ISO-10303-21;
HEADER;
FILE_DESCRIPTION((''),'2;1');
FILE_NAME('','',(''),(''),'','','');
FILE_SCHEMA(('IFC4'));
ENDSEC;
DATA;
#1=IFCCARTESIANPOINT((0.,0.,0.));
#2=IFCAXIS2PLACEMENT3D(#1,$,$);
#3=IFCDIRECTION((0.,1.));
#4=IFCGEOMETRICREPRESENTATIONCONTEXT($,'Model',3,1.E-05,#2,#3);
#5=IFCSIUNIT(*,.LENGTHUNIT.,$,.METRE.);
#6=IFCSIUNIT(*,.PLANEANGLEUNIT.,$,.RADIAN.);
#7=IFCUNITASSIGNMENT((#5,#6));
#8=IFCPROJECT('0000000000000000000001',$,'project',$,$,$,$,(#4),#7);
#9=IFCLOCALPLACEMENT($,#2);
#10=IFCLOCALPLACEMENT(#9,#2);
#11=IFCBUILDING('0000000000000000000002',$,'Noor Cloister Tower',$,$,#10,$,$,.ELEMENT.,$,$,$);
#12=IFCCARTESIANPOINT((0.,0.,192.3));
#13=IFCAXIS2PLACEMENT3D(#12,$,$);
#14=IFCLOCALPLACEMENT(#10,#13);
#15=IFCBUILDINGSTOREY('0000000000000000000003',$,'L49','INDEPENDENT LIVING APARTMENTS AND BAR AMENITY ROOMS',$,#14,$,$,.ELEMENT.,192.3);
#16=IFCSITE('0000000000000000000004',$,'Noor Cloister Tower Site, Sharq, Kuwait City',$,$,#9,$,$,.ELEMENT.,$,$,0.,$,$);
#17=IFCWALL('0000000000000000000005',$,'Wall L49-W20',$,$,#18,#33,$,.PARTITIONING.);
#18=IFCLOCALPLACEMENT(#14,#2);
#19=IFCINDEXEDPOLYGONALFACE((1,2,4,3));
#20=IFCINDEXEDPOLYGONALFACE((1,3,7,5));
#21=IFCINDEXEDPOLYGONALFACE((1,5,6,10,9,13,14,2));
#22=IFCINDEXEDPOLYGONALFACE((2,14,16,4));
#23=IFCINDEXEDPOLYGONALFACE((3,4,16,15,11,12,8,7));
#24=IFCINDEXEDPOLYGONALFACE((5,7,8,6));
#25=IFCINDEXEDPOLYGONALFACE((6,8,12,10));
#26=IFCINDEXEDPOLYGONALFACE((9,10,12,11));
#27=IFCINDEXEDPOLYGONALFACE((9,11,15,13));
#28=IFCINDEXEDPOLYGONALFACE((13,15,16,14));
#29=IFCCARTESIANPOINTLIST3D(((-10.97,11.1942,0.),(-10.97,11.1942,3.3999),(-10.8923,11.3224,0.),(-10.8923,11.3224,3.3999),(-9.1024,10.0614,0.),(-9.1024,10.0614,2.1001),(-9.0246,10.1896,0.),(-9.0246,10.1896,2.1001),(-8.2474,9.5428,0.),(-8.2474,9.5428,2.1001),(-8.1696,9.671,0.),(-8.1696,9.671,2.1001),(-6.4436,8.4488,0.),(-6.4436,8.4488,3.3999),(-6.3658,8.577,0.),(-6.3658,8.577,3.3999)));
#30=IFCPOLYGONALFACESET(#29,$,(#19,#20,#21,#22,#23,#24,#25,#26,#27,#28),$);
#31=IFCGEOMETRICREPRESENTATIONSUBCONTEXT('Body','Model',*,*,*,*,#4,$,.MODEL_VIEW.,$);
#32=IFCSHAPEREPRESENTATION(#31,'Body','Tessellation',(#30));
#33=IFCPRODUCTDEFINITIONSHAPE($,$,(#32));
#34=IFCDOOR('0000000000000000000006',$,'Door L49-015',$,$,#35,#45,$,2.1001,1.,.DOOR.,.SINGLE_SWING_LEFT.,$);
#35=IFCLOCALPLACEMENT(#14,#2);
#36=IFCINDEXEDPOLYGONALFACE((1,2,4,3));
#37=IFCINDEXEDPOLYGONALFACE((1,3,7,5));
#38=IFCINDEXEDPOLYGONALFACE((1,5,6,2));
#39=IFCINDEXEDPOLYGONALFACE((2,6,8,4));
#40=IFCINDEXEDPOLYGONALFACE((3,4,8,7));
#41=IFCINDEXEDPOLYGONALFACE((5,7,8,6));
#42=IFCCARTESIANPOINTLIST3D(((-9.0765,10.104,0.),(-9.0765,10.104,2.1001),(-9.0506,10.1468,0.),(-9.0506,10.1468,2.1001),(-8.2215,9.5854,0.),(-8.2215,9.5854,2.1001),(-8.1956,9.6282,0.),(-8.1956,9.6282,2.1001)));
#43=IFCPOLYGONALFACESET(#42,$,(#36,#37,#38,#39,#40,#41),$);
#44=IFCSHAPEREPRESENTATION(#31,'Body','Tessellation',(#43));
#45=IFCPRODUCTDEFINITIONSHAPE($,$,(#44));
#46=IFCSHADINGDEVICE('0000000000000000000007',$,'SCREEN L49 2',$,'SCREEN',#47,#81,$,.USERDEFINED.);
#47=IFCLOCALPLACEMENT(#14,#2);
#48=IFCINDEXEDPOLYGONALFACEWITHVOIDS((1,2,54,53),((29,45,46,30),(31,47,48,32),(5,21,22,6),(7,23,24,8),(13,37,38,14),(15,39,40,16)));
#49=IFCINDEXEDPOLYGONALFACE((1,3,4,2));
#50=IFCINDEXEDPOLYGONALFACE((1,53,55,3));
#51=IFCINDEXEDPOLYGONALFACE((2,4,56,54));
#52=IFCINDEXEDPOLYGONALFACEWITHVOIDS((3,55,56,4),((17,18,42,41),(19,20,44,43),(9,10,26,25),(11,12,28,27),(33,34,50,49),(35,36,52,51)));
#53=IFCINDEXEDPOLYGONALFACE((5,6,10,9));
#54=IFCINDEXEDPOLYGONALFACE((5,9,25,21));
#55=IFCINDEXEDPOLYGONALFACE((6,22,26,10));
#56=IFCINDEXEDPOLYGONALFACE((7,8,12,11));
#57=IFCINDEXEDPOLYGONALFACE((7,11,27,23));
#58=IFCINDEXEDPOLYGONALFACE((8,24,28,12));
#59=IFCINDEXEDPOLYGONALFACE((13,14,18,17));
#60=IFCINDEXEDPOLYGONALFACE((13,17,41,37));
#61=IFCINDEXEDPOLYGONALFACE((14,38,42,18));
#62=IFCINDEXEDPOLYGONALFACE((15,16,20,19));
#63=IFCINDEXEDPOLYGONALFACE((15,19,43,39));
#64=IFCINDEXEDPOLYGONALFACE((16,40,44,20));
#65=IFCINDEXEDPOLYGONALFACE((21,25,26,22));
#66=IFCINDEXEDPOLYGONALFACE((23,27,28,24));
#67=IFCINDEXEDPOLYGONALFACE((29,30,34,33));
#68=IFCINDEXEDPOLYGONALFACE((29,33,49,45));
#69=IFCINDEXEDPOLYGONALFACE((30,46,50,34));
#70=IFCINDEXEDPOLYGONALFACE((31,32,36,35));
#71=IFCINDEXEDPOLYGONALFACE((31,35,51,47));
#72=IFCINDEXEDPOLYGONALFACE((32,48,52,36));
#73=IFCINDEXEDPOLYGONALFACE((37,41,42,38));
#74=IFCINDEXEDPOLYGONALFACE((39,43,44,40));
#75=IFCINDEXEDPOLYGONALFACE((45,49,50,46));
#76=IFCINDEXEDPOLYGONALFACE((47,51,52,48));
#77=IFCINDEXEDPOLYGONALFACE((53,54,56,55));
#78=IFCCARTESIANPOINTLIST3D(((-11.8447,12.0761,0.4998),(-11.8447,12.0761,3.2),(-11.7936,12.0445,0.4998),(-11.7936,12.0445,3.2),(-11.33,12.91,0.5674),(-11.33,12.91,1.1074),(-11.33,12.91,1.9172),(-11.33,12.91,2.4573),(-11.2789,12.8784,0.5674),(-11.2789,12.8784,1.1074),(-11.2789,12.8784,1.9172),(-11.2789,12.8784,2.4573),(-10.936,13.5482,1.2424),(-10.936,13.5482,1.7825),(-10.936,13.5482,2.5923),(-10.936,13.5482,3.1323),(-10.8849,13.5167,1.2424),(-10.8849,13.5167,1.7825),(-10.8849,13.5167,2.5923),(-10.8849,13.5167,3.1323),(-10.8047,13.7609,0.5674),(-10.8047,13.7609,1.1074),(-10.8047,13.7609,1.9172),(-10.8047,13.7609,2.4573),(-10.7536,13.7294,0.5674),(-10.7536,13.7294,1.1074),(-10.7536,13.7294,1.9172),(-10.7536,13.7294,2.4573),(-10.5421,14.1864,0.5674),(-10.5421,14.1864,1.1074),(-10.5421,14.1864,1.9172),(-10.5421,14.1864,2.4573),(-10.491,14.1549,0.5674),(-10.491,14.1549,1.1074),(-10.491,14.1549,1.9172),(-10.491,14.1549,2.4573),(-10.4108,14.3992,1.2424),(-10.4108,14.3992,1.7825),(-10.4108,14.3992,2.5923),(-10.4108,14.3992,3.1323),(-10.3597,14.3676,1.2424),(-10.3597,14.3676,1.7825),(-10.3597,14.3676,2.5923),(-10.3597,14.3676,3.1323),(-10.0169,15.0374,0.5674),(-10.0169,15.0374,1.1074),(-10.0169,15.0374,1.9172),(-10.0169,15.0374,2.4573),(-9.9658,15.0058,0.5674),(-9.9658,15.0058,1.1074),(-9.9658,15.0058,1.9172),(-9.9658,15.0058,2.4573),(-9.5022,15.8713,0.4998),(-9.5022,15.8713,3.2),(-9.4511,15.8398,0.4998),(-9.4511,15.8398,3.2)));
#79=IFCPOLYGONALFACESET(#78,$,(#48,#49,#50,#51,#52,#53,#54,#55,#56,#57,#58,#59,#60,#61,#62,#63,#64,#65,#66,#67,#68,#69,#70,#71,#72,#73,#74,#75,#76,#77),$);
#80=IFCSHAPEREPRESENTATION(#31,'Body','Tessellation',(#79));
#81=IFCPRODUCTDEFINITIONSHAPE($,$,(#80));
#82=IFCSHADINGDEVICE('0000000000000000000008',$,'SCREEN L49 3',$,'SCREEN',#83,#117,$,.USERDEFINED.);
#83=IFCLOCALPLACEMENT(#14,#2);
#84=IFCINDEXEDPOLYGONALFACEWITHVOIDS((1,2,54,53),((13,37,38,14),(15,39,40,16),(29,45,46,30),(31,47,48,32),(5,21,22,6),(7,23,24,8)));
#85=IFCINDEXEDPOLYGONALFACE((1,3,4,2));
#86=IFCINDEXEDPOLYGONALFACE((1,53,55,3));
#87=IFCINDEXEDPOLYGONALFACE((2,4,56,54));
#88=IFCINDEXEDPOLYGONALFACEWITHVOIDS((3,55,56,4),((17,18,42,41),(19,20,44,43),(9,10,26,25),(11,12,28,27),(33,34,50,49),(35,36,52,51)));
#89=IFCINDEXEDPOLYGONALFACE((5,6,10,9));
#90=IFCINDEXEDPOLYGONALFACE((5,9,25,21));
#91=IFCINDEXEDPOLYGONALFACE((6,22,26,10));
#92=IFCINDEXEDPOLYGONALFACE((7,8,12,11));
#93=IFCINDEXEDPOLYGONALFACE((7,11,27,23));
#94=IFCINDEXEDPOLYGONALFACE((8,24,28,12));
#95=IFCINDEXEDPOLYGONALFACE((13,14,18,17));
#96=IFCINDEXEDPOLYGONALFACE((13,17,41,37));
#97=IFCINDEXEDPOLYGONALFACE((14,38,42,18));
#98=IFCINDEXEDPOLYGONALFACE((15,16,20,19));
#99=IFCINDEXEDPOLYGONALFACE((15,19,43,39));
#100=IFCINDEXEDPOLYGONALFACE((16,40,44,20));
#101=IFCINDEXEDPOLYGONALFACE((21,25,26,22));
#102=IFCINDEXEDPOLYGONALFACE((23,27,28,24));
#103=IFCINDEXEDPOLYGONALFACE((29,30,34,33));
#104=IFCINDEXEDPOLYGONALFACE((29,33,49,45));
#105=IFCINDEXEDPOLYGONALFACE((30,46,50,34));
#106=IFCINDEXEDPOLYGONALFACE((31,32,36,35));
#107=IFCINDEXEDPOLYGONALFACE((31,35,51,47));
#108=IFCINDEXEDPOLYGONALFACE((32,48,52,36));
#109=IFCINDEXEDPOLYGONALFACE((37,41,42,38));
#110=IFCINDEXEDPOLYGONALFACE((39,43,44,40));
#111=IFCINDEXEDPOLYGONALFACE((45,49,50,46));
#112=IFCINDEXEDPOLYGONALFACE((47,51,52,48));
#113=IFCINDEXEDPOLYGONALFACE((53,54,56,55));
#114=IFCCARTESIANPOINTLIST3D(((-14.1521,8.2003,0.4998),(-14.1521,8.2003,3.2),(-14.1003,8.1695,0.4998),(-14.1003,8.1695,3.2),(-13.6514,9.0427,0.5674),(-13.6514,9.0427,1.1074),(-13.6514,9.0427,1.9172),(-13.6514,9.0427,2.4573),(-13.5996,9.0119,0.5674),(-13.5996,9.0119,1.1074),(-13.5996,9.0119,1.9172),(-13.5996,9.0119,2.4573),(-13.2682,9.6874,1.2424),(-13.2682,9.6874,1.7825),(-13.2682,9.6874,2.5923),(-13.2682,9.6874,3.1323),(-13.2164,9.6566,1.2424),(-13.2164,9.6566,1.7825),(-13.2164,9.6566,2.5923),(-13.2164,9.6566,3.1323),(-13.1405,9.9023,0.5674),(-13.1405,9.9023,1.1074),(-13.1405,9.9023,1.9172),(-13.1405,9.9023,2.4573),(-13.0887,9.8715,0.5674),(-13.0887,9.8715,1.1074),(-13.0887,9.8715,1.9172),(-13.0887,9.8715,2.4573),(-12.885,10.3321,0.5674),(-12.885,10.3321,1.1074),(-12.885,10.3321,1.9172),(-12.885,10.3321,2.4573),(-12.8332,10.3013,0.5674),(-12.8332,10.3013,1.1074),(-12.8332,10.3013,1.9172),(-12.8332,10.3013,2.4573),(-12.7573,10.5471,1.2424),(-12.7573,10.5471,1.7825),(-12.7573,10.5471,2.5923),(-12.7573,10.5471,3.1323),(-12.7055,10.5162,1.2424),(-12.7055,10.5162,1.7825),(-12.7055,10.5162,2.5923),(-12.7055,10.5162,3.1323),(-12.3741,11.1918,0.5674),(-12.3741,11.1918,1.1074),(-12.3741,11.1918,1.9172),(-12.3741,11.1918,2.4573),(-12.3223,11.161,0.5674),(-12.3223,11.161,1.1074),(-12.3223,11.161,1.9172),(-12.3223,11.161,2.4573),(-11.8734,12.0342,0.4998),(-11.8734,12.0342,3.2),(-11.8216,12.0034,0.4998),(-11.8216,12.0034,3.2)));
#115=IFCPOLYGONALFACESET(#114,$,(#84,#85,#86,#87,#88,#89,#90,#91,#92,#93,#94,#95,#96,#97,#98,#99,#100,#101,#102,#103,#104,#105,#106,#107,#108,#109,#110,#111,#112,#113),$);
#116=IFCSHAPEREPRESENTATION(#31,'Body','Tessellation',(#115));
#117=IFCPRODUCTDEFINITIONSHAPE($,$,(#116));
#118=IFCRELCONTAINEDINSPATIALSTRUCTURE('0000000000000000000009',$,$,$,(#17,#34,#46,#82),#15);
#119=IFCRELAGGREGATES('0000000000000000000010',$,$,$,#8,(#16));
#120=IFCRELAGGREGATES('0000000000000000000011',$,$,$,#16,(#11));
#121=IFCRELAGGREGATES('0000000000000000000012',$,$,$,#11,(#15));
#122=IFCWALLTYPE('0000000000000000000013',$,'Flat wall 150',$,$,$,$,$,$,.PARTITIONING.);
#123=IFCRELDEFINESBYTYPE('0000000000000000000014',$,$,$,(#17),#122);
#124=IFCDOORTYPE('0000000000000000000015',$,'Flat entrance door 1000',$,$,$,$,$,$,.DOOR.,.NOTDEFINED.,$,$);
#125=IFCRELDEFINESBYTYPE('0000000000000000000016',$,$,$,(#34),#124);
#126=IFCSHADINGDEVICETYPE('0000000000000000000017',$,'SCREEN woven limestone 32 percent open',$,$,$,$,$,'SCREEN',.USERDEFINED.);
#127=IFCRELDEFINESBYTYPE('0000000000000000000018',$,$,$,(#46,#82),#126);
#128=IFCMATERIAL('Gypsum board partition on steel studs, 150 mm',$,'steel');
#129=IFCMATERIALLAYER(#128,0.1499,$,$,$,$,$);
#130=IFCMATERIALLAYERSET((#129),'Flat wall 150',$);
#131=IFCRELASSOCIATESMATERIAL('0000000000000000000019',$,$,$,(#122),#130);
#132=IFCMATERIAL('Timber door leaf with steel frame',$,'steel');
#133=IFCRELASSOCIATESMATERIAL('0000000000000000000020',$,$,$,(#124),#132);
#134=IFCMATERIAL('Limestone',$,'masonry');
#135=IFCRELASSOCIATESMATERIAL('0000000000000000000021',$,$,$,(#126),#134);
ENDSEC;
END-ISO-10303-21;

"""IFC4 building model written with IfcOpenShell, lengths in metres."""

from ifc_helpers import new_model, si_unit, direction, frame, frame_2d, origin, place, context, subcontext, project, spatial, polyline, rectangle, outline, extrude, material, layer, layer_set, material_profile, profile_set, type_object, element, fill, save


model = new_model("IFC4")

# Units and contexts
model_context = context("Model", 3, precision=1e-05, world=origin(), true_north=direction((0.0, 1.0)))
body_context = subcontext(model_context, "Body", "Model", "MODEL_VIEW")
ifc_project = project(units=[si_unit("LENGTHUNIT", "METRE"), si_unit("PLANEANGLEUNIT", "RADIAN")], contexts=[model_context])

# Site, building, storey
site_placement = place(None, origin())
site = spatial("IfcSite", under=ifc_project, at=site_placement, Name="Noor Cloister Tower Site, Sharq, Kuwait City", CompositionType="ELEMENT", RefElevation=0.0)
building_placement = place(site_placement, origin())
building = spatial("IfcBuilding", under=site, at=building_placement, Name="Noor Cloister Tower", CompositionType="ELEMENT")
storey_placement = place(building_placement, frame((0.0, 0.0, 192.3)))
storey = spatial("IfcBuildingStorey", under=building, at=storey_placement, Name="L49", Description="INDEPENDENT LIVING APARTMENTS AND BAR AMENITY ROOMS", CompositionType="ELEMENT", Elevation=192.3)

# Wall, opening, door
ifc_material_1 = material(Name="Gypsum board partition on steel studs, 150 mm", Category="steel")
ifc_layer_1 = layer(ifc_material_1, 0.1499)
ifc_layer_set_1 = layer_set([ifc_layer_1], Name="Flat wall 150")
wall_type_1 = type_object("IfcWallType", Name="Flat wall 150", PredefinedType="PARTITIONING", material=ifc_layer_set_1)
wall_1_placement = place(storey_placement, frame((-10.9312, 11.2583, 0.0), z_axis=(0.0, 0.0, 1.0), x_axis=(0.855021, -0.518593, 0.0)))
wall_1 = element("IfcWall", 1, at=wall_1_placement, inside=storey, type_object=wall_type_1, Name="Wall L49-W20", PredefinedType="PARTITIONING", context=body_context, shape_type="SweptSolid", body=[
    extrude(rectangle(XDim=5.2939, YDim=0.1499, at=frame_2d((2.647, 0.0))), origin(), (0.0, 0.0, 1.0), 3.3999),
])
opening_1_placement = place(wall_1_placement, frame((2.1843, 0.0, 0.0)))
opening_1 = element("IfcOpeningElement", 2, at=opening_1_placement, cuts=wall_1, PredefinedType="OPENING", context=body_context, shape_type="SweptSolid", body=[
    extrude(rectangle(XDim=1.0, YDim=2.1001, at=frame_2d((0.5, 1.05))), frame((0.0, 0.085, 0.0), z_axis=(0.0, -1.0, 0.0), x_axis=(1.0, 0.0, 0.0)), (0.0, 0.0, 1.0), 0.1699),
])
ifc_material_2 = material(Name="Timber door leaf with steel frame", Category="steel")
door_type_1 = type_object("IfcDoorType", Name="Flat entrance door 1000", OperationType="NOTDEFINED", PredefinedType="DOOR", material=ifc_material_2)
door_1_placement = place(opening_1_placement, origin())
door_1 = element("IfcDoor", 3, at=door_1_placement, inside=storey, type_object=door_type_1, Name="Door L49-015", OperationType="SINGLE_SWING_LEFT", OverallHeight=2.1001, OverallWidth=1.0, PredefinedType="DOOR", context=body_context, shape_type="SweptSolid", body=[
    extrude(rectangle(XDim=1.0, YDim=2.1001, at=frame_2d((0.5, 1.05))), frame((0.0, 0.0249, 0.0), z_axis=(0.0, -1.0, 0.0), x_axis=(1.0, 0.0, 0.0)), (0.0, 0.0, 1.0), 0.05),
])
fill(opening_1, door_1)

# Shading devices
ifc_material_3 = material(Name="Limestone", Category="masonry")
ifc_material_profile_1 = material_profile(ifc_material_3, outline(polyline([(-2.23, -1.3501), (2.23, -1.3501), (2.23, 1.3501), (-2.23, 1.3501), (-2.23, -1.3501)]), holes=[polyline([(-1.25, -1.2825), (-0.25, -1.2825), (-0.25, -0.7424), (-1.25, -0.7424), (-1.25, -1.2825)]), polyline([(0.25, -1.2825), (1.25, -1.2825), (1.25, -0.7424), (0.25, -0.7424), (0.25, -1.2825)]), polyline([(-0.5, -0.6074), (0.5, -0.6074), (0.5, -0.0674), (-0.5, -0.0674), (-0.5, -0.6074)]), polyline([(-1.25, 0.0674), (-0.25, 0.0674), (-0.25, 0.6074), (-1.25, 0.6074), (-1.25, 0.0674)]), polyline([(0.25, 0.0674), (1.25, 0.0674), (1.25, 0.6074), (0.25, 0.6074), (0.25, 0.0674)]), polyline([(-0.5, 0.7424), (0.5, 0.7424), (0.5, 1.2825), (-0.5, 1.2825), (-0.5, 0.7424)])]), Name="Woven screen 32 percent open")
ifc_profile_set_1 = profile_set([ifc_material_profile_1], Name="Limestone")
shading_device_type = type_object("IfcShadingDeviceType", Name="SCREEN woven limestone 32 percent open", ElementType="SCREEN", PredefinedType="USERDEFINED", material=ifc_profile_set_1)
shading_device_1_placement = place(storey_placement, frame((-10.6223, 13.9421, 1.8499), z_axis=(-0.850959, 0.525233, 0.0), x_axis=(-0.525233, -0.850959, 0.0)))
element("IfcShadingDevice", 4, at=shading_device_1_placement, inside=storey, type_object=shading_device_type, Name="SCREEN L49 2", ObjectType="SCREEN", PredefinedType="USERDEFINED", context=body_context, shape_type="SweptSolid", body=[
    extrude(outline(polyline([(-2.23, -1.3501), (2.23, -1.3501), (2.23, 1.3501), (-2.23, 1.3501), (-2.23, -1.3501)]), holes=[polyline([(-1.25, -1.2825), (-0.25, -1.2825), (-0.25, -0.7424), (-1.25, -0.7424), (-1.25, -1.2825)]), polyline([(0.25, -1.2825), (1.25, -1.2825), (1.25, -0.7424), (0.25, -0.7424), (0.25, -1.2825)]), polyline([(-0.5, -0.6074), (0.5, -0.6074), (0.5, -0.0674), (-0.5, -0.0674), (-0.5, -0.6074)]), polyline([(-1.25, 0.0674), (-0.25, 0.0674), (-0.25, 0.6074), (-1.25, 0.6074), (-1.25, 0.0674)]), polyline([(0.25, 0.0674), (1.25, 0.0674), (1.25, 0.6074), (0.25, 0.6074), (0.25, 0.0674)]), polyline([(-0.5, 0.7424), (0.5, 0.7424), (0.5, 1.2825), (-0.5, 1.2825), (-0.5, 0.7424)])]), origin(), (0.0, 0.0, 1.0), 0.0601),
])
shading_device_2_placement = place(storey_placement, frame((-12.9609, 10.0864, 1.8499), z_axis=(-0.859632, 0.510913, 0.0), x_axis=(-0.510913, -0.859632, 0.0)))
element("IfcShadingDevice", 5, at=shading_device_2_placement, inside=storey, type_object=shading_device_type, Name="SCREEN L49 3", ObjectType="SCREEN", PredefinedType="USERDEFINED", context=body_context, shape_type="SweptSolid", body=[
    extrude(outline(polyline([(-2.23, -1.3501), (2.23, -1.3501), (2.23, 1.3501), (-2.23, 1.3501), (-2.23, -1.3501)]), holes=[polyline([(-1.25, -1.2825), (-0.25, -1.2825), (-0.25, -0.7424), (-1.25, -0.7424), (-1.25, -1.2825)]), polyline([(0.25, -1.2825), (1.25, -1.2825), (1.25, -0.7424), (0.25, -0.7424), (0.25, -1.2825)]), polyline([(-0.5, -0.6074), (0.5, -0.6074), (0.5, -0.0674), (-0.5, -0.0674), (-0.5, -0.6074)]), polyline([(-1.25, 0.0674), (-0.25, 0.0674), (-0.25, 0.6074), (-1.25, 0.6074), (-1.25, 0.0674)]), polyline([(0.25, 0.0674), (1.25, 0.0674), (1.25, 0.6074), (0.25, 0.6074), (0.25, 0.0674)]), polyline([(-0.5, 0.7424), (0.5, 0.7424), (0.5, 1.2825), (-0.5, 1.2825), (-0.5, 0.7424)])]), origin(), (0.0, 0.0, 1.0), 0.0603),
])

save(model, "model.ifc")
